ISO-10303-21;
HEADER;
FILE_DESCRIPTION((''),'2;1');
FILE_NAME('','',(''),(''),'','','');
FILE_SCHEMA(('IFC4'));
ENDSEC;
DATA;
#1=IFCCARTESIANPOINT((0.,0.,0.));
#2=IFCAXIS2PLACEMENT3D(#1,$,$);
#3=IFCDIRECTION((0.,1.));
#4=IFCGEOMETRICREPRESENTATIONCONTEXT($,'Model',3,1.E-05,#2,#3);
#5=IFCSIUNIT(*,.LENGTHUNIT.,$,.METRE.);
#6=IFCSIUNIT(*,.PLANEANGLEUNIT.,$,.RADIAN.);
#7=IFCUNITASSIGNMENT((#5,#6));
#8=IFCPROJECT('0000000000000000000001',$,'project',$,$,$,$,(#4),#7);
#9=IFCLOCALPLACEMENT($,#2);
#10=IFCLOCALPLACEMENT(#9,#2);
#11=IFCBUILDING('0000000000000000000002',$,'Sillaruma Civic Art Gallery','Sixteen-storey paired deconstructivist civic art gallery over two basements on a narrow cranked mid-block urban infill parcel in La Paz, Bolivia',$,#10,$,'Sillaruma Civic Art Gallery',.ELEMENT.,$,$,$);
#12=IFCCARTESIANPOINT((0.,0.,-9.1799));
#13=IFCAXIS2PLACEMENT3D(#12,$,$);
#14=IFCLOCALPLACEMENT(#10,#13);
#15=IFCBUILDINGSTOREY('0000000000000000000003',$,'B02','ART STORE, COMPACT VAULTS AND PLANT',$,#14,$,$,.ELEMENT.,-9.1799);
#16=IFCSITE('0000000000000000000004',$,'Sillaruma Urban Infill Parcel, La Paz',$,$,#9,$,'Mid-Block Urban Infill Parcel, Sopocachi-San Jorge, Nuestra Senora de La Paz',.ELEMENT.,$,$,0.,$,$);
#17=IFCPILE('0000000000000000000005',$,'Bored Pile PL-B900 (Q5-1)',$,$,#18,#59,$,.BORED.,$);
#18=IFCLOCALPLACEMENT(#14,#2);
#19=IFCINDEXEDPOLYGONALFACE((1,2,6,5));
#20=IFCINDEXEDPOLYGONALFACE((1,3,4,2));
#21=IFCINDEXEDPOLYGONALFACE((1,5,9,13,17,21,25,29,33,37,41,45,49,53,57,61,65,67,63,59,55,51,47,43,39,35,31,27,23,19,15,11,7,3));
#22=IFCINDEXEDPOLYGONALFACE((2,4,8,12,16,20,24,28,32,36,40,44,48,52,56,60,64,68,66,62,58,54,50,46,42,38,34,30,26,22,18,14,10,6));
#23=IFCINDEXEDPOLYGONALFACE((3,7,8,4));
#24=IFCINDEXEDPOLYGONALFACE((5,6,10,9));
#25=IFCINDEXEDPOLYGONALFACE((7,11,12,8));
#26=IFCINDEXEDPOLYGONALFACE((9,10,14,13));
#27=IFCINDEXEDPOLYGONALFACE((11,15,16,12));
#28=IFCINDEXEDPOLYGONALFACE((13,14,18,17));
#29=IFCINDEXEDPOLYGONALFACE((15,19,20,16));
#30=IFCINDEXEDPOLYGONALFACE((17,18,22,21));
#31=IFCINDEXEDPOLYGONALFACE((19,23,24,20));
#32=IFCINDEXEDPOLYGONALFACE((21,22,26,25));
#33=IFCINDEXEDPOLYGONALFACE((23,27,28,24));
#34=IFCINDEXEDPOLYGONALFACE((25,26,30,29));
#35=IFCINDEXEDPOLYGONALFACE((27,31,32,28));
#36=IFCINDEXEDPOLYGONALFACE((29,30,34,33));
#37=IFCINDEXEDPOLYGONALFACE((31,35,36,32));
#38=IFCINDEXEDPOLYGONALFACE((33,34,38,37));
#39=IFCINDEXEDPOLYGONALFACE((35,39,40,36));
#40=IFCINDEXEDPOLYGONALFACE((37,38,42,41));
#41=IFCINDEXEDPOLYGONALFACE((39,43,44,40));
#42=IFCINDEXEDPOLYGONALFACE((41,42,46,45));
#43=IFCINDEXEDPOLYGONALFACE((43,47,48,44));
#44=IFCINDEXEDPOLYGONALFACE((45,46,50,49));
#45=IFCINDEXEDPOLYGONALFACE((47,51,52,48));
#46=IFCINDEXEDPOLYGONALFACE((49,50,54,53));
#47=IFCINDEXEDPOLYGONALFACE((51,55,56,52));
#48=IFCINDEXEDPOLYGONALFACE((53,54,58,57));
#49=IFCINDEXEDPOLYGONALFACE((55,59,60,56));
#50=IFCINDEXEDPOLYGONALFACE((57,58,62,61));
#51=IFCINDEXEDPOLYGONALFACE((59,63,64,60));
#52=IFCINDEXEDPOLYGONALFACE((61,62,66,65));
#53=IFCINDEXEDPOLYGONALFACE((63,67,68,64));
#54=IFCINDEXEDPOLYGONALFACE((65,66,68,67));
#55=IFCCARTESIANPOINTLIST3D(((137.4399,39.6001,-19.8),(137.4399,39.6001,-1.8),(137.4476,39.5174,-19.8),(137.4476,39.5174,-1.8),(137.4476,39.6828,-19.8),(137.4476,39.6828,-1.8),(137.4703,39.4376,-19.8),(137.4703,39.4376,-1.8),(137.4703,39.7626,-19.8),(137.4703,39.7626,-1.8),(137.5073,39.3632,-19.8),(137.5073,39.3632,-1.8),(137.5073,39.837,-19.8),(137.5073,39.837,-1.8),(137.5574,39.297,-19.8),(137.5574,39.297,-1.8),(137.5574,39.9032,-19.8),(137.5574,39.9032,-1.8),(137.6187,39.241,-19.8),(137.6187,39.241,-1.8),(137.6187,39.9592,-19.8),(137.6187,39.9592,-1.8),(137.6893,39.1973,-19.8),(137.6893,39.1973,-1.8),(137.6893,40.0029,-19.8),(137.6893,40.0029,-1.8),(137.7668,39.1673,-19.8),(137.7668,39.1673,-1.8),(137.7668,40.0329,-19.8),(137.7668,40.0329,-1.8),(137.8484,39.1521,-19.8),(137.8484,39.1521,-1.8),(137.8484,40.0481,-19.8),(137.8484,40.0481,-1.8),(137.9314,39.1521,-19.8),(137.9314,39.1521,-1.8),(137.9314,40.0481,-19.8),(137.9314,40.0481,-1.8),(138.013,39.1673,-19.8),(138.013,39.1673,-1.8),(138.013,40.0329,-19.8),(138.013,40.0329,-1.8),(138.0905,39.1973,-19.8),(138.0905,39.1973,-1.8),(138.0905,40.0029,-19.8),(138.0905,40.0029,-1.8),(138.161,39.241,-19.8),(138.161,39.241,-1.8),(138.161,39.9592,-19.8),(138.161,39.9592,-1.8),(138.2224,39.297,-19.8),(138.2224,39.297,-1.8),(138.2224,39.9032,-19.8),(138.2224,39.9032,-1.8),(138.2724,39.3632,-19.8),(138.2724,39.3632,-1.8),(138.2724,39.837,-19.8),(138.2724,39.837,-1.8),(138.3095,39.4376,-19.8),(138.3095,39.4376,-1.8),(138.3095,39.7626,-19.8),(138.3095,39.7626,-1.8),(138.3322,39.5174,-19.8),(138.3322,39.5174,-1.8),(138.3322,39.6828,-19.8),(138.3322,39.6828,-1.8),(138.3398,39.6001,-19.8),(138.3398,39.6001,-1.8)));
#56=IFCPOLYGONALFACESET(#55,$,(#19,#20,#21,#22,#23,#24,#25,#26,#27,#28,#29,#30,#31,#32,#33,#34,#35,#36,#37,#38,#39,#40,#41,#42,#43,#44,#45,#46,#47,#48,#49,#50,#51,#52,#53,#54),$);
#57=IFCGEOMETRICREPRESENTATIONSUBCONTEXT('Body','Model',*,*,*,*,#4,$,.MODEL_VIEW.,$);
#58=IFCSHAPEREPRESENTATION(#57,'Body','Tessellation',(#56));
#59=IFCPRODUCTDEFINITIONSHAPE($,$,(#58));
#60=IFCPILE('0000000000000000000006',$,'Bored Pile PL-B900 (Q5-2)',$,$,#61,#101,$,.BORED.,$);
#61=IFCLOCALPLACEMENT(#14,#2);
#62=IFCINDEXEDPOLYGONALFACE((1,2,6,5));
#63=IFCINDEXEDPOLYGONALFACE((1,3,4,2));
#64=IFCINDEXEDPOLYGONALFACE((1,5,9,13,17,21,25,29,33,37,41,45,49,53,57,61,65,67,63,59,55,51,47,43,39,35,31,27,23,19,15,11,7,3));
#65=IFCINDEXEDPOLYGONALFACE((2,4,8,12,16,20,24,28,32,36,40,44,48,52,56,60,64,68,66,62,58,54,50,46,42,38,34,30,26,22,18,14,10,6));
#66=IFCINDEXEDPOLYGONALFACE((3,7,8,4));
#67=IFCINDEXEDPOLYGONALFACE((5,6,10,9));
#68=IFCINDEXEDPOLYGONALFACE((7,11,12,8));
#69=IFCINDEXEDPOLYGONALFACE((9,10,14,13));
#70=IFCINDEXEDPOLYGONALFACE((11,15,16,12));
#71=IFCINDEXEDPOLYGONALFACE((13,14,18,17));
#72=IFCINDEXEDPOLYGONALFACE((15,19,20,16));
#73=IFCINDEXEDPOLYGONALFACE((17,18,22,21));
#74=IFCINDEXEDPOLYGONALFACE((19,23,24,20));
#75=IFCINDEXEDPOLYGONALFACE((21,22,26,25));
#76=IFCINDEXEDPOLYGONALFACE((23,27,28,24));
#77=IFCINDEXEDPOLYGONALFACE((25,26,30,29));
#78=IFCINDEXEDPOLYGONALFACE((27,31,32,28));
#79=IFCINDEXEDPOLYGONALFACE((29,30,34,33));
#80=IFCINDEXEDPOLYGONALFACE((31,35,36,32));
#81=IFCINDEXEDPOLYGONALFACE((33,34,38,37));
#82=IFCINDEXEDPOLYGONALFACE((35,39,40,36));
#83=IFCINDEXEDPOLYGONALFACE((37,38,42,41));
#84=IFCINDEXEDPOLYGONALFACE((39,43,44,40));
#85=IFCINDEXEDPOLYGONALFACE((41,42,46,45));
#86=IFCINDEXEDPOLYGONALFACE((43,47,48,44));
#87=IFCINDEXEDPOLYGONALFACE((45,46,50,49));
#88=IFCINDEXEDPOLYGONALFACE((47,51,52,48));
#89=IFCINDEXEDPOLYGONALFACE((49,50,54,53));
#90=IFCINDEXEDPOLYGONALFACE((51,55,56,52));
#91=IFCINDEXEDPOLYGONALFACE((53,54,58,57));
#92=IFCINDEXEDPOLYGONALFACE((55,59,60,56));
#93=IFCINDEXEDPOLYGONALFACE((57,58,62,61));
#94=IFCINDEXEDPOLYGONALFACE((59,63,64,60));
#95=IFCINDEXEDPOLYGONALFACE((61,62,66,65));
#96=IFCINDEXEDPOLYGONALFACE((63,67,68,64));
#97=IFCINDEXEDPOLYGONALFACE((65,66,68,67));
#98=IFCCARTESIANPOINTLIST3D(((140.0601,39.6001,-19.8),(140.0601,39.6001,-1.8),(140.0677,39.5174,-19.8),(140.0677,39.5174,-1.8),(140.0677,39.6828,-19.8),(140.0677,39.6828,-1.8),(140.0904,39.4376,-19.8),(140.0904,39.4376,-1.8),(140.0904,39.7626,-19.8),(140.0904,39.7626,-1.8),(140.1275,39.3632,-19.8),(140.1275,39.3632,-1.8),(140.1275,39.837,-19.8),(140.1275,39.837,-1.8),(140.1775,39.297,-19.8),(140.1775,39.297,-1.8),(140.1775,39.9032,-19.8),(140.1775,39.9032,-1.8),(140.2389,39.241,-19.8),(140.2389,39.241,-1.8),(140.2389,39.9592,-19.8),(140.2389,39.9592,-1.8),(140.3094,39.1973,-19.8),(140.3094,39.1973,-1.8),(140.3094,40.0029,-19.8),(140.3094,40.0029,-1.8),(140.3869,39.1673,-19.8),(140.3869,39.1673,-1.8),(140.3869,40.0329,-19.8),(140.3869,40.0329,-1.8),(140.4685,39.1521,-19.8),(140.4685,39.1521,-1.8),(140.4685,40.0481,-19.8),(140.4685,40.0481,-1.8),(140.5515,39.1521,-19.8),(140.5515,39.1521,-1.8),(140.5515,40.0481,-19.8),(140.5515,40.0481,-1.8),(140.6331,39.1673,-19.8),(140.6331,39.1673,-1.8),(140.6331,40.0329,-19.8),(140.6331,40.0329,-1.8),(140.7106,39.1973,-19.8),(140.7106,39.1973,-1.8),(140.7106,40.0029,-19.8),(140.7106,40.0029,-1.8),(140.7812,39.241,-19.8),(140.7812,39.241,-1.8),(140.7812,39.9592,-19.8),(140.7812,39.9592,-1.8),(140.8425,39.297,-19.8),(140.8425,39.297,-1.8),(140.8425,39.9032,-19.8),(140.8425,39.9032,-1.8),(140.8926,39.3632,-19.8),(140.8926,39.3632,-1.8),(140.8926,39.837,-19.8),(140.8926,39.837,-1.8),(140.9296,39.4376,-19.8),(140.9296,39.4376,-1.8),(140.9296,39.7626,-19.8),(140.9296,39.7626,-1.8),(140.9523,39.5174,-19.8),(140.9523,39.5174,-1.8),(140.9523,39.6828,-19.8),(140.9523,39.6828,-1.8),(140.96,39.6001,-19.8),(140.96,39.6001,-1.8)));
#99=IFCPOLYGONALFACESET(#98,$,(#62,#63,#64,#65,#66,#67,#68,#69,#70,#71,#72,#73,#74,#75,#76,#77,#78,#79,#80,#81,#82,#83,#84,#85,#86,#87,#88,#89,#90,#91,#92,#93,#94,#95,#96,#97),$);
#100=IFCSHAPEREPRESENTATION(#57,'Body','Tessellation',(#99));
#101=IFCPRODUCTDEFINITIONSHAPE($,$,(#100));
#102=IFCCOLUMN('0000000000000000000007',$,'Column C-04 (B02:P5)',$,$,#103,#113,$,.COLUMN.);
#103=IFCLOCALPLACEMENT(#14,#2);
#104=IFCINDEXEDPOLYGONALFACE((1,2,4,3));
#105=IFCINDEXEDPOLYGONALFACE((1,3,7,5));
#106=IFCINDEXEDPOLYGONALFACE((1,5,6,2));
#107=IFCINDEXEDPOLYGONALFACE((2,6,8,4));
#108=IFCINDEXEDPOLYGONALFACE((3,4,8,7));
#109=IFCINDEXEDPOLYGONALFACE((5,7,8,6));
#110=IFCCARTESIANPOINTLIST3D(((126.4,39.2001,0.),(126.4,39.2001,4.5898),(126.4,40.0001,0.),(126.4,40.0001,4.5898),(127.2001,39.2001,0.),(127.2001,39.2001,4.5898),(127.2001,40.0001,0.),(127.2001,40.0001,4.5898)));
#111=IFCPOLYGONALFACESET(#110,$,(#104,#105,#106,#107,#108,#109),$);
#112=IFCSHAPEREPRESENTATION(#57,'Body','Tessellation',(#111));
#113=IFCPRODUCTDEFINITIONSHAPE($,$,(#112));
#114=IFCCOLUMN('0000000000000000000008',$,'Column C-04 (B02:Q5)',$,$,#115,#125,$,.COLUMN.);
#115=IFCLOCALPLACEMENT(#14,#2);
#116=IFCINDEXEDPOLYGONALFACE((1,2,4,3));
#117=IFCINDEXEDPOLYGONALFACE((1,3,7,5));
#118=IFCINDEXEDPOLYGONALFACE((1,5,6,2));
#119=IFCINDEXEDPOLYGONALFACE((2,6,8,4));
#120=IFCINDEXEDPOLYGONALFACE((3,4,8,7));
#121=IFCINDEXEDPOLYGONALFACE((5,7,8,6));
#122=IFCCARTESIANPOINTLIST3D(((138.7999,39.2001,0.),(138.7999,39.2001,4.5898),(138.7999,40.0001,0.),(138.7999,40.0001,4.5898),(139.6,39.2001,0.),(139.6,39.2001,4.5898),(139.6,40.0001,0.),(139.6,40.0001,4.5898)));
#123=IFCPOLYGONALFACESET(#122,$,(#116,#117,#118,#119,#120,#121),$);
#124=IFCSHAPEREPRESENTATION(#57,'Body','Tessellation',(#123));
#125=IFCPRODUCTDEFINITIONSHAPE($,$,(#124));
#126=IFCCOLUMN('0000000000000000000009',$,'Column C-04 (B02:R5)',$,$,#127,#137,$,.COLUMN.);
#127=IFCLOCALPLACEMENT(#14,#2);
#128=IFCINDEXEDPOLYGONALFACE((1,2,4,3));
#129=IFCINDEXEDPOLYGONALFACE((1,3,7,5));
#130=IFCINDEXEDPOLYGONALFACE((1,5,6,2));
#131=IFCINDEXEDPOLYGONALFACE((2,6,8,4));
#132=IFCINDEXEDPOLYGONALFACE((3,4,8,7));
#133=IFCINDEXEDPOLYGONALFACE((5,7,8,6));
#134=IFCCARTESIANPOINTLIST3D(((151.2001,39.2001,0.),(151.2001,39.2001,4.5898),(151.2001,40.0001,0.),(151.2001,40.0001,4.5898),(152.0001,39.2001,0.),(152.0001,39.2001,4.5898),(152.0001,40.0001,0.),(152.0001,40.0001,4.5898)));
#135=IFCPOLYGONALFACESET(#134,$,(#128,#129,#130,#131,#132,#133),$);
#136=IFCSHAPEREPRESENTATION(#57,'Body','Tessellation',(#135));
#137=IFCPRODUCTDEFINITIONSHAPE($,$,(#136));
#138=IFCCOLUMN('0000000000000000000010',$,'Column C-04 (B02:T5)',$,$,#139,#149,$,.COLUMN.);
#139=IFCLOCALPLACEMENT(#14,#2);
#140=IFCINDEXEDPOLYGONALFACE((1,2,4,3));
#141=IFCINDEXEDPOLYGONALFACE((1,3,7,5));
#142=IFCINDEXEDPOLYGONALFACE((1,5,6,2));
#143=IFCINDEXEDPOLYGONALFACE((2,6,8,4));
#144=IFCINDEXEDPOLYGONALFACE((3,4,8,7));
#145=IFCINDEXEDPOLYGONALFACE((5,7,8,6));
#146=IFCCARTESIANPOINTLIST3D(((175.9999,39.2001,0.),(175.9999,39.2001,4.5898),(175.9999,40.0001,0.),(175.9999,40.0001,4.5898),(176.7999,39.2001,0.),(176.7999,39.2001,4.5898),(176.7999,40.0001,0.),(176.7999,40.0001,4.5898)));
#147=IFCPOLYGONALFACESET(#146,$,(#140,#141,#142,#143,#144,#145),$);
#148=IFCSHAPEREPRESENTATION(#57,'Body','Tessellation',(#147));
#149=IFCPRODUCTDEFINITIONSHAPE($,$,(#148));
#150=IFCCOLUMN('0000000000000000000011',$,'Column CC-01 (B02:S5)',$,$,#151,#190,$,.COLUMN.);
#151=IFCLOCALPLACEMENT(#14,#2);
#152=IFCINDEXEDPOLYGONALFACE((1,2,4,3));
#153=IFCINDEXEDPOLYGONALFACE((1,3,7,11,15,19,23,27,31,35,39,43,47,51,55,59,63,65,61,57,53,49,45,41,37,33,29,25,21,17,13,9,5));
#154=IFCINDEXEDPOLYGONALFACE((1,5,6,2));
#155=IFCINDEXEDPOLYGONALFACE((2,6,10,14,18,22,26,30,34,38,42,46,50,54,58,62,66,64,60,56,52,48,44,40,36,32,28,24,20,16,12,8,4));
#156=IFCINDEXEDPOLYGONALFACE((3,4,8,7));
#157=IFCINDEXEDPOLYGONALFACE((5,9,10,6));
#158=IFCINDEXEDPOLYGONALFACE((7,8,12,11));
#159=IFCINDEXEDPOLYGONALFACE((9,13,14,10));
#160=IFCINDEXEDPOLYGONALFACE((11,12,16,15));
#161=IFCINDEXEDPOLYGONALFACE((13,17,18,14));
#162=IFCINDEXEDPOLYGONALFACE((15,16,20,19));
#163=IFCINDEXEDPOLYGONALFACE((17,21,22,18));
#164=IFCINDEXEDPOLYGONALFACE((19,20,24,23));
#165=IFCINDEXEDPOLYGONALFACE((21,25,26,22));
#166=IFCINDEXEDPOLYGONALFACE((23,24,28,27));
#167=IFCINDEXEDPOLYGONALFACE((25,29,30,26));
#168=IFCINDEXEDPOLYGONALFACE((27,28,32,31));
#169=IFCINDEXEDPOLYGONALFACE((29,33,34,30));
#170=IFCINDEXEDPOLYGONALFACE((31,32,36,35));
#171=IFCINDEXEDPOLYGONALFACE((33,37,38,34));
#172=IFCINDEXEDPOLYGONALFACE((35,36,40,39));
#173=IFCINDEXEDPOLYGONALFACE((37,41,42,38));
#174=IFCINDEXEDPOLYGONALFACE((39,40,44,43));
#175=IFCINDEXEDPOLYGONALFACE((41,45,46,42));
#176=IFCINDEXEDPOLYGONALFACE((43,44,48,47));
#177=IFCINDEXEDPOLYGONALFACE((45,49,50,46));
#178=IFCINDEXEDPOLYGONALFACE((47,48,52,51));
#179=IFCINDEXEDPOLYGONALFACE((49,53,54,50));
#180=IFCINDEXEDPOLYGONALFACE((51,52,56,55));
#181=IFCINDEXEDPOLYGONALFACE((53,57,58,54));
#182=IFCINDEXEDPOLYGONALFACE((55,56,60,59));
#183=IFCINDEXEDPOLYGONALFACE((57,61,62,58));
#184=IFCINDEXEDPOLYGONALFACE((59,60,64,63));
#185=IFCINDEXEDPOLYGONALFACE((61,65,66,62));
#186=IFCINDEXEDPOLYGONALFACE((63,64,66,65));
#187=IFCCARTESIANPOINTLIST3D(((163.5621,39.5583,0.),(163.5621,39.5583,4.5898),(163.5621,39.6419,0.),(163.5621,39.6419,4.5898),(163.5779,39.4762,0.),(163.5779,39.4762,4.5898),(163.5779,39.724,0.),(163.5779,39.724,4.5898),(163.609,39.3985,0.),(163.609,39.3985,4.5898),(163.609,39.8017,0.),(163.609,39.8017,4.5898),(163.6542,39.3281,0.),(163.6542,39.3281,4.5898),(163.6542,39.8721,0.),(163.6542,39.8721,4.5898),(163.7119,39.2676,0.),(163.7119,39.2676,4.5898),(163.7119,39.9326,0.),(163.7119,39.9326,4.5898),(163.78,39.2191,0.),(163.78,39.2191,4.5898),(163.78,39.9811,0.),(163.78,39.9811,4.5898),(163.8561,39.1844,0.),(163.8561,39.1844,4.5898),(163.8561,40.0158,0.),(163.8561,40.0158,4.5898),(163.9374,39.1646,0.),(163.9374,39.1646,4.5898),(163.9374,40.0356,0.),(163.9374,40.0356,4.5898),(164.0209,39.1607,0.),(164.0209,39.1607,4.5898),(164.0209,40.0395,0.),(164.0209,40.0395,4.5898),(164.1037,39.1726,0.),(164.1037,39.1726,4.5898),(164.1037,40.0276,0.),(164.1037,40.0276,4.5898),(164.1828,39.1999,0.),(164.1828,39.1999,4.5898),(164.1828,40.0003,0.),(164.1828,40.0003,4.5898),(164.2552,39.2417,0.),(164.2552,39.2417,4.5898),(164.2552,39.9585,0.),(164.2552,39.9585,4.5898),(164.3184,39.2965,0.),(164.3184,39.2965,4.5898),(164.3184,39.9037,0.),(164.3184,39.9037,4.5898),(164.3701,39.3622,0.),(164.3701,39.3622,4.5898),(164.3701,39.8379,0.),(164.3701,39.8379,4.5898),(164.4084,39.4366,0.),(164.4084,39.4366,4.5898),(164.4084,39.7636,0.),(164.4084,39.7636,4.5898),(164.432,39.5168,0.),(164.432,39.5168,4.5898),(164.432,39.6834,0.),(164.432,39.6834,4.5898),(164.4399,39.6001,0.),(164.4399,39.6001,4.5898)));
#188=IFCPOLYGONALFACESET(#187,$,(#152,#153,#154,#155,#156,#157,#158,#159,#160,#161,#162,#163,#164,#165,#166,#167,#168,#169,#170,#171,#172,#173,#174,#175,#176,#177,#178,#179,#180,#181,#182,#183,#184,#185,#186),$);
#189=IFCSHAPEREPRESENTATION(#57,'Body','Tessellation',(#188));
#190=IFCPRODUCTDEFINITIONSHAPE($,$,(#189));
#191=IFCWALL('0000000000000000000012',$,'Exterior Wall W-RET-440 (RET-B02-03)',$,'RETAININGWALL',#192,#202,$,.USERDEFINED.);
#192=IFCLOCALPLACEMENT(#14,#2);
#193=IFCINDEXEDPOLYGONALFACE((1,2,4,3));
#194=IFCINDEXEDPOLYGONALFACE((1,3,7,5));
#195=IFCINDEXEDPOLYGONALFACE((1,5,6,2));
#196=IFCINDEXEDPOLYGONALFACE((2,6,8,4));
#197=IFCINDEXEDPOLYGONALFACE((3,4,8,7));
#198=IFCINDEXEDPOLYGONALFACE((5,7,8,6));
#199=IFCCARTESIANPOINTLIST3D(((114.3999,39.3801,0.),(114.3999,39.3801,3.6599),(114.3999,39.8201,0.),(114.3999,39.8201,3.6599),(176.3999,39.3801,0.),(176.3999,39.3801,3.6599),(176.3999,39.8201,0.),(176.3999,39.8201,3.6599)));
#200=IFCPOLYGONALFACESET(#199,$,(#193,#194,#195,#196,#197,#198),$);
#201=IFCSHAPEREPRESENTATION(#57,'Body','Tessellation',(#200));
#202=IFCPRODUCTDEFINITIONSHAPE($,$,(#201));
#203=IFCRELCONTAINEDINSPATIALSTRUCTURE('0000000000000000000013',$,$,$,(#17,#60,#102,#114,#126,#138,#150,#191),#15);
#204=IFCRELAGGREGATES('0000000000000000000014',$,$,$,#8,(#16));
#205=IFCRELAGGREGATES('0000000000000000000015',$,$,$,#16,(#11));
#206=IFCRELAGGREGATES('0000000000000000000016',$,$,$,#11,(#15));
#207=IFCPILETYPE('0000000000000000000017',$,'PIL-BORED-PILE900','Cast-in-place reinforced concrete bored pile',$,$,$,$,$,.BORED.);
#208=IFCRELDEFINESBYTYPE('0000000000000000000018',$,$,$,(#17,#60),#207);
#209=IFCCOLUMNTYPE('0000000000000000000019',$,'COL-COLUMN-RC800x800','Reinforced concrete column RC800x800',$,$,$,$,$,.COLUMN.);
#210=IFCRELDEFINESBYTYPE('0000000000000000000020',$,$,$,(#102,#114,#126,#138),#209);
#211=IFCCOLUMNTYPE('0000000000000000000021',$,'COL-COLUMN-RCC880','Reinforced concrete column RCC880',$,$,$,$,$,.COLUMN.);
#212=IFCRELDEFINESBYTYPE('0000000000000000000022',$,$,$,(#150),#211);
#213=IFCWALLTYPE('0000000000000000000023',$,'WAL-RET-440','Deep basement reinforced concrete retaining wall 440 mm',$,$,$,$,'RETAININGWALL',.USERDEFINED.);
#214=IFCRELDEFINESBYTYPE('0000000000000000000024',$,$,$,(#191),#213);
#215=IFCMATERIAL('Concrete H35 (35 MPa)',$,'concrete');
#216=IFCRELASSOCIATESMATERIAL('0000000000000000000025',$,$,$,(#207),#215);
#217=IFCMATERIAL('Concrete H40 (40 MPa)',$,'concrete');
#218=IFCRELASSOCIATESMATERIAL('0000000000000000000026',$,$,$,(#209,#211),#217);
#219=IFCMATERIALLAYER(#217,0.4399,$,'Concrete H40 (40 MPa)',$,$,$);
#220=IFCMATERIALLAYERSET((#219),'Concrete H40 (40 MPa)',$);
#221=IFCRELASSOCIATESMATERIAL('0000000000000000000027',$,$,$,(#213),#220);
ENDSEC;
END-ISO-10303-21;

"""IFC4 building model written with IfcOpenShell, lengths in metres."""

from ifc_helpers import new_model, si_unit, direction, frame, frame_2d, origin, origin_2d, place, context, subcontext, project, spatial, rectangle, circle, extrude, material, layer, layer_set, material_profile, profile_set, type_object, element, save


model = new_model("IFC4")

# Units and contexts
model_context = context("Model", 3, precision=1e-05, world=origin(), true_north=direction((0.0, 1.0)))
body_context = subcontext(model_context, "Body", "Model", "MODEL_VIEW")
ifc_project = project(units=[si_unit("LENGTHUNIT", "METRE"), si_unit("PLANEANGLEUNIT", "RADIAN")], contexts=[model_context])

# Site, building, storey
site_placement = place(None, origin())
site = spatial("IfcSite", under=ifc_project, at=site_placement, Name="Sillaruma Urban Infill Parcel, La Paz", LongName="Mid-Block Urban Infill Parcel, Sopocachi-San Jorge, Nuestra Senora de La Paz", CompositionType="ELEMENT", RefElevation=0.0)
building_placement = place(site_placement, origin())
building = spatial("IfcBuilding", under=site, at=building_placement, Name="Sillaruma Civic Art Gallery", Description="Sixteen-storey paired deconstructivist civic art gallery over two basements on a narrow cranked mid-block urban infill parcel in La Paz, Bolivia", LongName="Sillaruma Civic Art Gallery", CompositionType="ELEMENT")
storey_placement = place(building_placement, frame((0.0, 0.0, -9.1799)))
storey = spatial("IfcBuildingStorey", under=building, at=storey_placement, Name="B02", Description="ART STORE, COMPACT VAULTS AND PLANT", CompositionType="ELEMENT", Elevation=-9.1799)

# Shared definitions
ifc_material_1 = material(Name="Concrete H35 (35 MPa)", Category="concrete")

# Piles
ifc_material_profile_1 = material_profile(ifc_material_1, circle(Radius=0.45, at=origin_2d()), Name="PILE900")
ifc_profile_set_1 = profile_set([ifc_material_profile_1], Name="Concrete H35 (35 MPa)")
pile_type_1 = type_object("IfcPileType", Name="PIL-BORED-PILE900", Description="Cast-in-place reinforced concrete bored pile", PredefinedType="BORED", material=ifc_profile_set_1)
for number, where, z_axis, x_axis, name in (
    (1, (137.8899, 39.6001, -1.8), (0.0, 0.0, -1.0), (1.0, 0.0, 0.0), "Bored Pile PL-B900 (Q5-1)"),
    (2, (140.51, 39.6001, -1.8), (0.0, 0.0, -1.0), (1.0, 0.0, 0.0), "Bored Pile PL-B900 (Q5-2)"),
):
    element("IfcPile", number, at=place(storey_placement, frame(where, z_axis=z_axis, x_axis=x_axis)), inside=storey, type_object=pile_type_1, Name=name, PredefinedType="BORED", context=body_context, shape_type="SweptSolid", body=[
        extrude(circle(Radius=0.45, at=origin_2d()), origin(), (0.0, 0.0, 1.0), 18.0),
    ])

# Columns
ifc_material_2 = material(Name="Concrete H40 (40 MPa)", Category="concrete")
ifc_material_profile_2 = material_profile(ifc_material_2, rectangle(XDim=0.8, YDim=0.8, at=origin_2d()), Name="RC800x800")
ifc_profile_set_2 = profile_set([ifc_material_profile_2], Name="Concrete H40 (40 MPa)")
column_type_1 = type_object("IfcColumnType", Name="COL-COLUMN-RC800x800", Description="Reinforced concrete column RC800x800", PredefinedType="COLUMN", material=ifc_profile_set_2)
for number, where, z_axis, x_axis, name in (
    (3, (126.8, 39.6001, 0.0), (0.0, 0.0, 1.0), (1.0, 0.0, 0.0), "Column C-04 (B02:P5)"),
    (4, (139.2, 39.6001, 0.0), (0.0, 0.0, 1.0), (1.0, 0.0, 0.0), "Column C-04 (B02:Q5)"),
    (5, (151.6001, 39.6001, 0.0), (0.0, 0.0, 1.0), (1.0, 0.0, 0.0), "Column C-04 (B02:R5)"),
    (6, (176.3999, 39.6001, 0.0), (0.0, 0.0, 1.0), (1.0, 0.0, 0.0), "Column C-04 (B02:T5)"),
):
    element("IfcColumn", number, at=place(storey_placement, frame(where, z_axis=z_axis, x_axis=x_axis)), inside=storey, type_object=column_type_1, Name=name, PredefinedType="COLUMN", context=body_context, shape_type="SweptSolid", body=[
        extrude(rectangle(XDim=0.8, YDim=0.8, at=origin_2d()), origin(), (0.0, 0.0, 1.0), 4.5898),
    ])
ifc_material_profile_3 = material_profile(ifc_material_2, circle(Radius=0.4399, at=origin_2d()), Name="RCC880")
ifc_profile_set_3 = profile_set([ifc_material_profile_3], Name="Concrete H40 (40 MPa)")
column_type_2 = type_object("IfcColumnType", Name="COL-COLUMN-RCC880", Description="Reinforced concrete column RCC880", PredefinedType="COLUMN", material=ifc_profile_set_3)
column_placement = place(storey_placement, frame((164.0, 39.6001, 0.0), z_axis=(0.0, 0.0, 1.0), x_axis=(1.0, 0.0, 0.0)))
element("IfcColumn", 7, at=column_placement, inside=storey, type_object=column_type_2, Name="Column CC-01 (B02:S5)", PredefinedType="COLUMN", context=body_context, shape_type="SweptSolid", body=[
    extrude(circle(Radius=0.4399, at=origin_2d()), origin(), (0.0, 0.0, 1.0), 4.5898),
])

# Wall
ifc_layer_1 = layer(ifc_material_2, 0.4399, Name="Concrete H40 (40 MPa)")
ifc_layer_set_1 = layer_set([ifc_layer_1], Name="Concrete H40 (40 MPa)")
wall_type = type_object("IfcWallType", Name="WAL-RET-440", Description="Deep basement reinforced concrete retaining wall 440 mm", ElementType="RETAININGWALL", PredefinedType="USERDEFINED", material=ifc_layer_set_1)
wall_placement = place(storey_placement, frame((176.3999, 39.6001, 0.0), z_axis=(0.0, 0.0, 1.0), x_axis=(-1.0, 0.0, 0.0)))
element("IfcWall", 8, at=wall_placement, inside=storey, type_object=wall_type, Name="Exterior Wall W-RET-440 (RET-B02-03)", ObjectType="RETAININGWALL", PredefinedType="USERDEFINED", context=body_context, shape_type="SweptSolid", body=[
    extrude(rectangle(XDim=62.0, YDim=0.4399, at=frame_2d((31.0, 0.0))), origin(), (0.0, 0.0, 1.0), 3.6599),
])

save(model, "model.ifc")
